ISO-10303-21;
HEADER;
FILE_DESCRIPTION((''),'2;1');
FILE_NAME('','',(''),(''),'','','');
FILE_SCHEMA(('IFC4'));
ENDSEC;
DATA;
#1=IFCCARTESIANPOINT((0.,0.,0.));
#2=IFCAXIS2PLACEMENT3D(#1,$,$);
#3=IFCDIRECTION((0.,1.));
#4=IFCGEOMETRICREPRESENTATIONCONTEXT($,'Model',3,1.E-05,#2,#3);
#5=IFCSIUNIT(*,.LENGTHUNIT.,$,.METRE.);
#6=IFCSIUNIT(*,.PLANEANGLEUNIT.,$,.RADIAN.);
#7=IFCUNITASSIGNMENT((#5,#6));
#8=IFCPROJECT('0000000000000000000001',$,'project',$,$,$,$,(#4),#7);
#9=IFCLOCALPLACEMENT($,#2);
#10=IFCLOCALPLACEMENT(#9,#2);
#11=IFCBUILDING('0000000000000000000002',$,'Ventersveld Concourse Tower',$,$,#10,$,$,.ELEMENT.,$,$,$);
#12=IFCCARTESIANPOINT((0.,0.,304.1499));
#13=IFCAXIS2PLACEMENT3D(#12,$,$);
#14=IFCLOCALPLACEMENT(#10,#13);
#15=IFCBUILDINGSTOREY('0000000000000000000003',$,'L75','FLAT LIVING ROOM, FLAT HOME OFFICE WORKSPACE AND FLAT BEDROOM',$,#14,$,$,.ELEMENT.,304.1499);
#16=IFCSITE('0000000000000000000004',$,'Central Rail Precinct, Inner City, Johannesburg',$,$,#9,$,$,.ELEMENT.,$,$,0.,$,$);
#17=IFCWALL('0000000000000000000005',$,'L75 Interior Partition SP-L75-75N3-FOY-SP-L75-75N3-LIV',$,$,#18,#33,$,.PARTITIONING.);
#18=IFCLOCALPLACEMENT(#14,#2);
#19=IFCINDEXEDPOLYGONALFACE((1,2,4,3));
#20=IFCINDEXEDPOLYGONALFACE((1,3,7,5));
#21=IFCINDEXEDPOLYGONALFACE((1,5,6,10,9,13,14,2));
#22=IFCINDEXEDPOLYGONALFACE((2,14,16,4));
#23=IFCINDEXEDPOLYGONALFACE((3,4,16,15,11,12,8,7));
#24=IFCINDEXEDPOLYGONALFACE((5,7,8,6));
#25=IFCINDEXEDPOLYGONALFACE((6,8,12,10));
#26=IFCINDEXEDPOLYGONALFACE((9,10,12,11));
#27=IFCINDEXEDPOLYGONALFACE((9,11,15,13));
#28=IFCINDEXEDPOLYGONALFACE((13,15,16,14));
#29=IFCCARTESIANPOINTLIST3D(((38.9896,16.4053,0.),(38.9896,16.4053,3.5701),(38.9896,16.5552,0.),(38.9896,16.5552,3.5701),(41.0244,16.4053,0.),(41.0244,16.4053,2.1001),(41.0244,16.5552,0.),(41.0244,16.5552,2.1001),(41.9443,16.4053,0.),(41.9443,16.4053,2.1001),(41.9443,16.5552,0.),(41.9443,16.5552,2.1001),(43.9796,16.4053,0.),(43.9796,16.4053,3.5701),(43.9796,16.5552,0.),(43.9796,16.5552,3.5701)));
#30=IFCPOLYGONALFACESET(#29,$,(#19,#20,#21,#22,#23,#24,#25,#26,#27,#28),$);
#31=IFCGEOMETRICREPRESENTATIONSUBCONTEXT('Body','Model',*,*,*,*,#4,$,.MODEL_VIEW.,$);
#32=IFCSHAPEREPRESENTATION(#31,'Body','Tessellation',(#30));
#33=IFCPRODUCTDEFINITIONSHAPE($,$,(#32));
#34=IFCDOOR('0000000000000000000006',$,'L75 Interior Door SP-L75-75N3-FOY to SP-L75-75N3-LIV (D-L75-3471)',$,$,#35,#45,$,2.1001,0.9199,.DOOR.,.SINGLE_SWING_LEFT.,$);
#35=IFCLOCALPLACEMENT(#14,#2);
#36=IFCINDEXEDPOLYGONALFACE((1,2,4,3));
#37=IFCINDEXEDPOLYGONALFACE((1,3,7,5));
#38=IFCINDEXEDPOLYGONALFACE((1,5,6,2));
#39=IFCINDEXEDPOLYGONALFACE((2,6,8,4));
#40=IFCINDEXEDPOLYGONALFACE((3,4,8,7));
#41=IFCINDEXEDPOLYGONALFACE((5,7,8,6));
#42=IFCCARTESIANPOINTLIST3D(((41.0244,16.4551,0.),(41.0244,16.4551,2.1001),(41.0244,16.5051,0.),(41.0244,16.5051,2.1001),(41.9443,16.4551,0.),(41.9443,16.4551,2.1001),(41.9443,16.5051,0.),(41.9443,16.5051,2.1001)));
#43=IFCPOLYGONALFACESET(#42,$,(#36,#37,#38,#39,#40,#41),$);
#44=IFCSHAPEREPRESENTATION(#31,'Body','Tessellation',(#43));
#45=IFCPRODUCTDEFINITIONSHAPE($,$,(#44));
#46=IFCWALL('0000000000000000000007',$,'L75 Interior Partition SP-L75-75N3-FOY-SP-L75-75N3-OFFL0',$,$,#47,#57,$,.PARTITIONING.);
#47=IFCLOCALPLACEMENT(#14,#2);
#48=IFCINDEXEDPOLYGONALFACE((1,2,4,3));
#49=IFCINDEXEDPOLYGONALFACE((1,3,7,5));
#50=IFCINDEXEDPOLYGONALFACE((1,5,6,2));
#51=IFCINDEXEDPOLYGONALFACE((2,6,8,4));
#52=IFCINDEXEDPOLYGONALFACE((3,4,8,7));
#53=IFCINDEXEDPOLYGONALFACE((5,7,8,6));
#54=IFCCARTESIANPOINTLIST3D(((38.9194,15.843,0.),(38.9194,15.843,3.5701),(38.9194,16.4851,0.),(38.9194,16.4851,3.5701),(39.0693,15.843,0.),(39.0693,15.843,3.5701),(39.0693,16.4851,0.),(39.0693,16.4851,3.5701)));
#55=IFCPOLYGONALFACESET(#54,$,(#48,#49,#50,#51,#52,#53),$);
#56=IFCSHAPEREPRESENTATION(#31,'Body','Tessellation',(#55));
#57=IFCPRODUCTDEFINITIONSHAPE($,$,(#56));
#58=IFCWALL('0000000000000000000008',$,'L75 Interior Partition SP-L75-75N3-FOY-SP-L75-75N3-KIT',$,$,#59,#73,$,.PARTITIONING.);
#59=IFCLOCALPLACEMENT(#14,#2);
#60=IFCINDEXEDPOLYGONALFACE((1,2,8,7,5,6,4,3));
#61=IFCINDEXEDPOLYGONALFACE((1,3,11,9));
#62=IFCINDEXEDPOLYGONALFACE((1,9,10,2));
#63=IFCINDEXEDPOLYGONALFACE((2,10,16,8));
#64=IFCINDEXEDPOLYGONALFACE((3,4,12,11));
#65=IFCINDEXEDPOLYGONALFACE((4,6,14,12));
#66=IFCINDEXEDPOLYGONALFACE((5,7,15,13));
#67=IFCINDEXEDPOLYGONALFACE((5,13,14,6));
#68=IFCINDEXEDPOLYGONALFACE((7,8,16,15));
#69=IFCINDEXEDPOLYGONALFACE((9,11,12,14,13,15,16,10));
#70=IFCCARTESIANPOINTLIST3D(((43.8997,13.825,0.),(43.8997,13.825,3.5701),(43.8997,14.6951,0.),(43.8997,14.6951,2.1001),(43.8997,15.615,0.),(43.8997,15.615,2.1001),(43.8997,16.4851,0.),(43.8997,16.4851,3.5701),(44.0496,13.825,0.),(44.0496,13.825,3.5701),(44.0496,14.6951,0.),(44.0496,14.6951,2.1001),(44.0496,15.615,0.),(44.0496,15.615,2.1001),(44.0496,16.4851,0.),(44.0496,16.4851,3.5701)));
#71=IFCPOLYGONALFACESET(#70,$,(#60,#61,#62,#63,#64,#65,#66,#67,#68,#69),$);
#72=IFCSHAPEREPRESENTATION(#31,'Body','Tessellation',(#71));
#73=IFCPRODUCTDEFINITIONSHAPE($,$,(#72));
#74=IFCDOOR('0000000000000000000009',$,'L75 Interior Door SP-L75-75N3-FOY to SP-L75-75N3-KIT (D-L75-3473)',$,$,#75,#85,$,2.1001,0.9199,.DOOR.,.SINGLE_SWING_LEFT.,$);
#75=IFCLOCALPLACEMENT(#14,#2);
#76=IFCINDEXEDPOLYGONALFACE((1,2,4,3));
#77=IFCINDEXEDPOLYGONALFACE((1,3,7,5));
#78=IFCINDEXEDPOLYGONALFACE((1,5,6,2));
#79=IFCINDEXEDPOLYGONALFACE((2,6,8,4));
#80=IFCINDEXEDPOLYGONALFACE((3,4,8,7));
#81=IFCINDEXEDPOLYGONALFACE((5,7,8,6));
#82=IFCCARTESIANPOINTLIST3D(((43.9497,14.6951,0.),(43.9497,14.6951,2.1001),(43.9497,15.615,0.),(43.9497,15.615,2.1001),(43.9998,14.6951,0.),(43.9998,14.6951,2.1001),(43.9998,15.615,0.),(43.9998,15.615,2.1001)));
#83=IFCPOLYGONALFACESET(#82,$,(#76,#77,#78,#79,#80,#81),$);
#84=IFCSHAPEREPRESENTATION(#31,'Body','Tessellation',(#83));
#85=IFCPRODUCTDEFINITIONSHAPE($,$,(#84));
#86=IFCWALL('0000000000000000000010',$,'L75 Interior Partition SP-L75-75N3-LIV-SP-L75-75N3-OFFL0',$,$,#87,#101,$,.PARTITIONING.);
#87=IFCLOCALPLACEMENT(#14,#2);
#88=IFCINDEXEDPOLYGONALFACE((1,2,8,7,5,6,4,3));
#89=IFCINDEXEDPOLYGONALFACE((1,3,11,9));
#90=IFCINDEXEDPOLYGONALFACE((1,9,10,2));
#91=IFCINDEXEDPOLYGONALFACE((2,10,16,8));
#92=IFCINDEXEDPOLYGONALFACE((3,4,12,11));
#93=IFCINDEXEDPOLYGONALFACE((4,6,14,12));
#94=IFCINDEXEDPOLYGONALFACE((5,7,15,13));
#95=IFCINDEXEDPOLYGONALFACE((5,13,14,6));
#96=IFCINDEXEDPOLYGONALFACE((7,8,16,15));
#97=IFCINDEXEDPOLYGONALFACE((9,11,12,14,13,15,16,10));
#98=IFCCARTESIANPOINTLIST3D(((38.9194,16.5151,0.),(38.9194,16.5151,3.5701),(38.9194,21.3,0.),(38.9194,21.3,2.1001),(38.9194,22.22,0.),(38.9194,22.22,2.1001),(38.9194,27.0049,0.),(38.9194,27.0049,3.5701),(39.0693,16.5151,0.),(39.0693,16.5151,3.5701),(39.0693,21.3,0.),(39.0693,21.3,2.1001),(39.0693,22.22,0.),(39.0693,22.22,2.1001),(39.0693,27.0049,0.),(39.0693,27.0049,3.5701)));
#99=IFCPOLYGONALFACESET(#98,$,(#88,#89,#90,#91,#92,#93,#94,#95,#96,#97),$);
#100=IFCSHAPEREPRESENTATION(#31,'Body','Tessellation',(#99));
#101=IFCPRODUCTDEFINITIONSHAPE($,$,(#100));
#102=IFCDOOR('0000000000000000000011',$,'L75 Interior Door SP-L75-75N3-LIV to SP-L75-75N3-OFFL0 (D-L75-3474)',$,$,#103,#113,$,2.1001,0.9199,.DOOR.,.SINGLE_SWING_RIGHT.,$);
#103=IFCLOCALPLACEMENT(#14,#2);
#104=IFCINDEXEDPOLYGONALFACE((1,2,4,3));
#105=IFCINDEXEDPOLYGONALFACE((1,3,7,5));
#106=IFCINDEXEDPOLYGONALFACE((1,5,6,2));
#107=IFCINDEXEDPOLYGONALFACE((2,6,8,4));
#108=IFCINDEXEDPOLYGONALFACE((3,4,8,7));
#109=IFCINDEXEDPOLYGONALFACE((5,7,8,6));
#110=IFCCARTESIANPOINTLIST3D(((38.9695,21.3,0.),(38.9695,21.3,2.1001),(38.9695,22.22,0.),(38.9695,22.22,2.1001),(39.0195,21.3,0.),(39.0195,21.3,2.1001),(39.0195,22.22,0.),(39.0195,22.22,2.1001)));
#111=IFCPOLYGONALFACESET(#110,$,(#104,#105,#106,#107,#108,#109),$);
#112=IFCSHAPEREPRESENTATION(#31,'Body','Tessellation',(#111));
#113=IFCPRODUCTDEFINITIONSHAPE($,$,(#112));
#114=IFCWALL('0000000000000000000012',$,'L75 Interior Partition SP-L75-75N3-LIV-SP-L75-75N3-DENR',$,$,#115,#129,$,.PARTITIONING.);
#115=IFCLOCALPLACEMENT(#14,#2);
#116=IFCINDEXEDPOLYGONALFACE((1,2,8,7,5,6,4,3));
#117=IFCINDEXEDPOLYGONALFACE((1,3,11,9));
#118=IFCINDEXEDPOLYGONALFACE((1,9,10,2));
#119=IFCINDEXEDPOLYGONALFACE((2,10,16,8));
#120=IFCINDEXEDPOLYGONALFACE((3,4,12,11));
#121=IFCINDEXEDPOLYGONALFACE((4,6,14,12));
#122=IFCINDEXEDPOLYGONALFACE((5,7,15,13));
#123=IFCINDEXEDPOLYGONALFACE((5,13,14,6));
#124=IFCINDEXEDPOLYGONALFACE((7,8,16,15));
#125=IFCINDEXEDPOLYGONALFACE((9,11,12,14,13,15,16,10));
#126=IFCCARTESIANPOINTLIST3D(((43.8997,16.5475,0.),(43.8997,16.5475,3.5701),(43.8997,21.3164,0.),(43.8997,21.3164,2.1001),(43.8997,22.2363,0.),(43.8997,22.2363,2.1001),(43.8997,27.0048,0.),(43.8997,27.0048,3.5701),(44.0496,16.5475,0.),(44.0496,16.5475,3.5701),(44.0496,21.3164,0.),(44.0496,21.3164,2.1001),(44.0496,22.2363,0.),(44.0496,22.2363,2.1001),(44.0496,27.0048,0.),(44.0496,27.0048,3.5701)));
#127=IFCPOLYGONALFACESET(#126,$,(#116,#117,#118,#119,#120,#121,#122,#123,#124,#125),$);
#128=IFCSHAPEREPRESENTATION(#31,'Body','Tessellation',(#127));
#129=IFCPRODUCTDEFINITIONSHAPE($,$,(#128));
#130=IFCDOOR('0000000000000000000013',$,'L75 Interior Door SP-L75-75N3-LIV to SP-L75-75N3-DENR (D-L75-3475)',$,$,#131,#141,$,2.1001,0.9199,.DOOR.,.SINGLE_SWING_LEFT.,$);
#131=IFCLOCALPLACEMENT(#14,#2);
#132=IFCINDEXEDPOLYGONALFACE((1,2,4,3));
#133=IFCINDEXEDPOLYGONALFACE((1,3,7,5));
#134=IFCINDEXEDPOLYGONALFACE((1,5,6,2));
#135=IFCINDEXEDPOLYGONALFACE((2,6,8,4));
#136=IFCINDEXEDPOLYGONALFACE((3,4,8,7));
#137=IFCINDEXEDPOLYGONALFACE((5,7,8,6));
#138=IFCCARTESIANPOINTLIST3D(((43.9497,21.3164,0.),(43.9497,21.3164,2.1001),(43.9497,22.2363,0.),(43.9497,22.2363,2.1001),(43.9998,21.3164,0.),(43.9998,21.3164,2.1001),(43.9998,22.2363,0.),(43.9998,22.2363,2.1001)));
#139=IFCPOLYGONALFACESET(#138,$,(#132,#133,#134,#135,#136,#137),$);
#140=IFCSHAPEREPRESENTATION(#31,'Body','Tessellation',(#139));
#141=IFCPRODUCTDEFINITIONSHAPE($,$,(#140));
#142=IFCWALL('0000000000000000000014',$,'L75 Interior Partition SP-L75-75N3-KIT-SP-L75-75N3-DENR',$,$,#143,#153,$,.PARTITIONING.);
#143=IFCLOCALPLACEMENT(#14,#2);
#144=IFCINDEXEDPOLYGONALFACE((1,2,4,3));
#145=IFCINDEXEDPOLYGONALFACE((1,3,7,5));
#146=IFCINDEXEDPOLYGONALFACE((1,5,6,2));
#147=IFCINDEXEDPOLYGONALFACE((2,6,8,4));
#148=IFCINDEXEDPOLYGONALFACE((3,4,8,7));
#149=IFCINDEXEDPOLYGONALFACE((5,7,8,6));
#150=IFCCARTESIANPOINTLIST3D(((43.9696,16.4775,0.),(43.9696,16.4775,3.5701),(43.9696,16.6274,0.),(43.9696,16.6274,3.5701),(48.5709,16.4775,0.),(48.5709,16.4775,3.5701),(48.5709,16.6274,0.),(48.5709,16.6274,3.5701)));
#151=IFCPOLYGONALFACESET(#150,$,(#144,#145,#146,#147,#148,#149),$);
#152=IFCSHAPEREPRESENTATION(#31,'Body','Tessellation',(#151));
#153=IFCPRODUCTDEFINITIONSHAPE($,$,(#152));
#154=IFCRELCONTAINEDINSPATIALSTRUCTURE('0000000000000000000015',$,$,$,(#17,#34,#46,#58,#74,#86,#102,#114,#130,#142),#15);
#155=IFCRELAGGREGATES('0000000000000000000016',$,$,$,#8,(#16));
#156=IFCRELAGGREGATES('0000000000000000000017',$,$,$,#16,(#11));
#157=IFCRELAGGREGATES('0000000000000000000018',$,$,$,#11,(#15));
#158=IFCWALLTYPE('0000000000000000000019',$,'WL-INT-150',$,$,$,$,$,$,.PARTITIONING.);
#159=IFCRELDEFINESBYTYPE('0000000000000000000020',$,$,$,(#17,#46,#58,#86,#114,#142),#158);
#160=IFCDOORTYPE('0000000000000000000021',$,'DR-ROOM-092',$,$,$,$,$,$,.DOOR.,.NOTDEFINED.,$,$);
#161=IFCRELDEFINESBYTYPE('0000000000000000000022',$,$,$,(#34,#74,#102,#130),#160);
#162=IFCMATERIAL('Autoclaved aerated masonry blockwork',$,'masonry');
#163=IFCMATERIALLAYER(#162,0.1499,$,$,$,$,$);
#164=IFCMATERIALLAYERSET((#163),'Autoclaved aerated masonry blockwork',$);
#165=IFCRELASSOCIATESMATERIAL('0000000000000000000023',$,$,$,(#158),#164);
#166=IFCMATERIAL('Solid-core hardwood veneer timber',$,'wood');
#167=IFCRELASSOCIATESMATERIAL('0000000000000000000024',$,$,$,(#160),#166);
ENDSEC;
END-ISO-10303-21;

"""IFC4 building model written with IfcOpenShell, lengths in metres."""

from ifc_helpers import new_model, si_unit, direction, frame, frame_2d, origin, place, context, subcontext, project, spatial, rectangle, extrude, material, layer, layer_set, type_object, element, fill, save


model = new_model("IFC4")

# Units and contexts
model_context = context("Model", 3, precision=1e-05, world=origin(), true_north=direction((0.0, 1.0)))
body_context = subcontext(model_context, "Body", "Model", "MODEL_VIEW")
ifc_project = project(units=[si_unit("LENGTHUNIT", "METRE"), si_unit("PLANEANGLEUNIT", "RADIAN")], contexts=[model_context])

# Site, building, storey
site_placement = place(None, origin())
site = spatial("IfcSite", under=ifc_project, at=site_placement, Name="Central Rail Precinct, Inner City, Johannesburg", CompositionType="ELEMENT", RefElevation=0.0)
building_placement = place(site_placement, origin())
building = spatial("IfcBuilding", under=site, at=building_placement, Name="Ventersveld Concourse Tower", CompositionType="ELEMENT")
storey_placement = place(building_placement, frame((0.0, 0.0, 304.1499)))
storey = spatial("IfcBuildingStorey", under=building, at=storey_placement, Name="L75", Description="FLAT LIVING ROOM, FLAT HOME OFFICE WORKSPACE AND FLAT BEDROOM", CompositionType="ELEMENT", Elevation=304.1499)

# Shared definitions
ifc_material_1 = material(Name="Solid-core hardwood veneer timber", Category="wood")

# Wall, opening, door
ifc_material_2 = material(Name="Autoclaved aerated masonry blockwork", Category="masonry")
ifc_layer_1 = layer(ifc_material_2, 0.1499)
ifc_layer_set_1 = layer_set([ifc_layer_1], Name="Autoclaved aerated masonry blockwork")
wall_type_1 = type_object("IfcWallType", Name="WL-INT-150", PredefinedType="PARTITIONING", material=ifc_layer_set_1)
wall_1_placement = place(storey_placement, frame((38.9895, 16.4802, 0.0), z_axis=(0.0, 0.0, 1.0), x_axis=(1.0, 0.0, 0.0)))
wall_1 = element("IfcWall", 1, at=wall_1_placement, inside=storey, type_object=wall_type_1, Name="L75 Interior Partition SP-L75-75N3-FOY-SP-L75-75N3-LIV", PredefinedType="PARTITIONING", context=body_context, shape_type="SweptSolid", body=[
    extrude(rectangle(XDim=4.99, YDim=0.1499, at=frame_2d((2.4951, 0.0))), origin(), (0.0, 0.0, 1.0), 3.5701),
])
opening_1_placement = place(wall_1_placement, frame((2.0349, 0.0, 0.0)))
opening_1 = element("IfcOpeningElement", 2, at=opening_1_placement, cuts=wall_1, PredefinedType="OPENING", context=body_context, shape_type="SweptSolid", body=[
    extrude(rectangle(XDim=0.9199, YDim=2.1001, at=frame_2d((0.46, 1.05))), frame((0.0, 0.085, 0.0), z_axis=(0.0, -1.0, 0.0), x_axis=(1.0, 0.0, 0.0)), (0.0, 0.0, 1.0), 0.1699),
])
door_type_1 = type_object("IfcDoorType", Name="DR-ROOM-092", OperationType="NOTDEFINED", PredefinedType="DOOR", material=ifc_material_1)
door_1_placement = place(opening_1_placement, origin())
door_1 = element("IfcDoor", 3, at=door_1_placement, inside=storey, type_object=door_type_1, Name="L75 Interior Door SP-L75-75N3-FOY to SP-L75-75N3-LIV (D-L75-3471)", OperationType="SINGLE_SWING_LEFT", OverallHeight=2.1001, OverallWidth=0.9199, PredefinedType="DOOR", context=body_context, shape_type="SweptSolid", body=[
    extrude(rectangle(XDim=0.9199, YDim=2.1001, at=frame_2d((0.46, 1.05))), frame((0.0, 0.0249, 0.0), z_axis=(0.0, -1.0, 0.0), x_axis=(1.0, 0.0, 0.0)), (0.0, 0.0, 1.0), 0.05),
])
fill(opening_1, door_1)

# Wall
wall_2_placement = place(storey_placement, frame((38.9944, 15.843, 0.0), z_axis=(0.0, 0.0, 1.0), x_axis=(0.0, 1.0, 0.0)))
element("IfcWall", 4, at=wall_2_placement, inside=storey, type_object=wall_type_1, Name="L75 Interior Partition SP-L75-75N3-FOY-SP-L75-75N3-OFFL0", PredefinedType="PARTITIONING", context=body_context, shape_type="SweptSolid", body=[
    extrude(rectangle(XDim=0.6421, YDim=0.1499, at=frame_2d((0.321, 0.0))), origin(), (0.0, 0.0, 1.0), 3.5701),
])

# Walls, openings, doors
wall_3_placement = place(storey_placement, frame((43.9746, 13.825, 0.0), z_axis=(0.0, 0.0, 1.0), x_axis=(0.0, 1.0, 0.0)))
wall_3 = element("IfcWall", 5, at=wall_3_placement, inside=storey, type_object=wall_type_1, Name="L75 Interior Partition SP-L75-75N3-FOY-SP-L75-75N3-KIT", PredefinedType="PARTITIONING", context=body_context, shape_type="SweptSolid", body=[
    extrude(rectangle(XDim=2.6602, YDim=0.1499, at=frame_2d((1.3301, 0.0))), origin(), (0.0, 0.0, 1.0), 3.5701),
])
opening_2_placement = place(wall_3_placement, frame((0.8701, 0.0, 0.0)))
opening_2 = element("IfcOpeningElement", 6, at=opening_2_placement, cuts=wall_3, PredefinedType="OPENING", context=body_context, shape_type="SweptSolid", body=[
    extrude(rectangle(XDim=0.9199, YDim=2.1001, at=frame_2d((0.46, 1.05))), frame((0.0, 0.085, 0.0), z_axis=(0.0, -1.0, 0.0), x_axis=(1.0, 0.0, 0.0)), (0.0, 0.0, 1.0), 0.1699),
])
door_2_placement = place(opening_2_placement, origin())
door_2 = element("IfcDoor", 7, at=door_2_placement, inside=storey, type_object=door_type_1, Name="L75 Interior Door SP-L75-75N3-FOY to SP-L75-75N3-KIT (D-L75-3473)", OperationType="SINGLE_SWING_LEFT", OverallHeight=2.1001, OverallWidth=0.9199, PredefinedType="DOOR", context=body_context, shape_type="SweptSolid", body=[
    extrude(rectangle(XDim=0.9199, YDim=2.1001, at=frame_2d((0.46, 1.05))), frame((0.0, 0.0249, 0.0), z_axis=(0.0, -1.0, 0.0), x_axis=(1.0, 0.0, 0.0)), (0.0, 0.0, 1.0), 0.05),
])
fill(opening_2, door_2)
wall_4_placement = place(storey_placement, frame((38.9944, 16.5151, 0.0), z_axis=(0.0, 0.0, 1.0), x_axis=(0.0, 1.0, 0.0)))
wall_4 = element("IfcWall", 8, at=wall_4_placement, inside=storey, type_object=wall_type_1, Name="L75 Interior Partition SP-L75-75N3-LIV-SP-L75-75N3-OFFL0", PredefinedType="PARTITIONING", context=body_context, shape_type="SweptSolid", body=[
    extrude(rectangle(XDim=10.4897, YDim=0.1499, at=frame_2d((5.2449, 0.0))), origin(), (0.0, 0.0, 1.0), 3.5701),
])
opening_3_placement = place(wall_4_placement, frame((4.7849, 0.0, 0.0)))
opening_3 = element("IfcOpeningElement", 9, at=opening_3_placement, cuts=wall_4, PredefinedType="OPENING", context=body_context, shape_type="SweptSolid", body=[
    extrude(rectangle(XDim=0.9199, YDim=2.1001, at=frame_2d((0.46, 1.05))), frame((0.0, 0.085, 0.0), z_axis=(0.0, -1.0, 0.0), x_axis=(1.0, 0.0, 0.0)), (0.0, 0.0, 1.0), 0.1699),
])
door_3_placement = place(opening_3_placement, origin())
door_3 = element("IfcDoor", 10, at=door_3_placement, inside=storey, type_object=door_type_1, Name="L75 Interior Door SP-L75-75N3-LIV to SP-L75-75N3-OFFL0 (D-L75-3474)", OperationType="SINGLE_SWING_RIGHT", OverallHeight=2.1001, OverallWidth=0.9199, PredefinedType="DOOR", context=body_context, shape_type="SweptSolid", body=[
    extrude(rectangle(XDim=0.9199, YDim=2.1001, at=frame_2d((0.46, 1.05))), frame((0.0, 0.0249, 0.0), z_axis=(0.0, -1.0, 0.0), x_axis=(1.0, 0.0, 0.0)), (0.0, 0.0, 1.0), 0.05),
])
fill(opening_3, door_3)
wall_5_placement = place(storey_placement, frame((43.9746, 16.5476, 0.0), z_axis=(0.0, 0.0, 1.0), x_axis=(0.0, 1.0, 0.0)))
wall_5 = element("IfcWall", 11, at=wall_5_placement, inside=storey, type_object=wall_type_1, Name="L75 Interior Partition SP-L75-75N3-LIV-SP-L75-75N3-DENR", PredefinedType="PARTITIONING", context=body_context, shape_type="SweptSolid", body=[
    extrude(rectangle(XDim=10.4573, YDim=0.1499, at=frame_2d((5.2285, 0.0))), origin(), (0.0, 0.0, 1.0), 3.5701),
])
opening_4_placement = place(wall_5_placement, frame((4.7688, 0.0, 0.0)))
opening_4 = element("IfcOpeningElement", 12, at=opening_4_placement, cuts=wall_5, PredefinedType="OPENING", context=body_context, shape_type="SweptSolid", body=[
    extrude(rectangle(XDim=0.9199, YDim=2.1001, at=frame_2d((0.46, 1.05))), frame((0.0, 0.085, 0.0), z_axis=(0.0, -1.0, 0.0), x_axis=(1.0, 0.0, 0.0)), (0.0, 0.0, 1.0), 0.1699),
])
door_4_placement = place(opening_4_placement, origin())
door_4 = element("IfcDoor", 13, at=door_4_placement, inside=storey, type_object=door_type_1, Name="L75 Interior Door SP-L75-75N3-LIV to SP-L75-75N3-DENR (D-L75-3475)", OperationType="SINGLE_SWING_LEFT", OverallHeight=2.1001, OverallWidth=0.9199, PredefinedType="DOOR", context=body_context, shape_type="SweptSolid", body=[
    extrude(rectangle(XDim=0.9199, YDim=2.1001, at=frame_2d((0.46, 1.05))), frame((0.0, 0.0249, 0.0), z_axis=(0.0, -1.0, 0.0), x_axis=(1.0, 0.0, 0.0)), (0.0, 0.0, 1.0), 0.05),
])
fill(opening_4, door_4)

# Wall
wall_6_placement = place(storey_placement, frame((43.9695, 16.5525, 0.0), z_axis=(0.0, 0.0, 1.0), x_axis=(1.0, 0.0, 0.0)))
element("IfcWall", 14, at=wall_6_placement, inside=storey, type_object=wall_type_1, Name="L75 Interior Partition SP-L75-75N3-KIT-SP-L75-75N3-DENR", PredefinedType="PARTITIONING", context=body_context, shape_type="SweptSolid", body=[
    extrude(rectangle(XDim=4.6013, YDim=0.1499, at=frame_2d((2.3008, 0.0))), origin(), (0.0, 0.0, 1.0), 3.5701),
])

save(model, "model.ifc")
